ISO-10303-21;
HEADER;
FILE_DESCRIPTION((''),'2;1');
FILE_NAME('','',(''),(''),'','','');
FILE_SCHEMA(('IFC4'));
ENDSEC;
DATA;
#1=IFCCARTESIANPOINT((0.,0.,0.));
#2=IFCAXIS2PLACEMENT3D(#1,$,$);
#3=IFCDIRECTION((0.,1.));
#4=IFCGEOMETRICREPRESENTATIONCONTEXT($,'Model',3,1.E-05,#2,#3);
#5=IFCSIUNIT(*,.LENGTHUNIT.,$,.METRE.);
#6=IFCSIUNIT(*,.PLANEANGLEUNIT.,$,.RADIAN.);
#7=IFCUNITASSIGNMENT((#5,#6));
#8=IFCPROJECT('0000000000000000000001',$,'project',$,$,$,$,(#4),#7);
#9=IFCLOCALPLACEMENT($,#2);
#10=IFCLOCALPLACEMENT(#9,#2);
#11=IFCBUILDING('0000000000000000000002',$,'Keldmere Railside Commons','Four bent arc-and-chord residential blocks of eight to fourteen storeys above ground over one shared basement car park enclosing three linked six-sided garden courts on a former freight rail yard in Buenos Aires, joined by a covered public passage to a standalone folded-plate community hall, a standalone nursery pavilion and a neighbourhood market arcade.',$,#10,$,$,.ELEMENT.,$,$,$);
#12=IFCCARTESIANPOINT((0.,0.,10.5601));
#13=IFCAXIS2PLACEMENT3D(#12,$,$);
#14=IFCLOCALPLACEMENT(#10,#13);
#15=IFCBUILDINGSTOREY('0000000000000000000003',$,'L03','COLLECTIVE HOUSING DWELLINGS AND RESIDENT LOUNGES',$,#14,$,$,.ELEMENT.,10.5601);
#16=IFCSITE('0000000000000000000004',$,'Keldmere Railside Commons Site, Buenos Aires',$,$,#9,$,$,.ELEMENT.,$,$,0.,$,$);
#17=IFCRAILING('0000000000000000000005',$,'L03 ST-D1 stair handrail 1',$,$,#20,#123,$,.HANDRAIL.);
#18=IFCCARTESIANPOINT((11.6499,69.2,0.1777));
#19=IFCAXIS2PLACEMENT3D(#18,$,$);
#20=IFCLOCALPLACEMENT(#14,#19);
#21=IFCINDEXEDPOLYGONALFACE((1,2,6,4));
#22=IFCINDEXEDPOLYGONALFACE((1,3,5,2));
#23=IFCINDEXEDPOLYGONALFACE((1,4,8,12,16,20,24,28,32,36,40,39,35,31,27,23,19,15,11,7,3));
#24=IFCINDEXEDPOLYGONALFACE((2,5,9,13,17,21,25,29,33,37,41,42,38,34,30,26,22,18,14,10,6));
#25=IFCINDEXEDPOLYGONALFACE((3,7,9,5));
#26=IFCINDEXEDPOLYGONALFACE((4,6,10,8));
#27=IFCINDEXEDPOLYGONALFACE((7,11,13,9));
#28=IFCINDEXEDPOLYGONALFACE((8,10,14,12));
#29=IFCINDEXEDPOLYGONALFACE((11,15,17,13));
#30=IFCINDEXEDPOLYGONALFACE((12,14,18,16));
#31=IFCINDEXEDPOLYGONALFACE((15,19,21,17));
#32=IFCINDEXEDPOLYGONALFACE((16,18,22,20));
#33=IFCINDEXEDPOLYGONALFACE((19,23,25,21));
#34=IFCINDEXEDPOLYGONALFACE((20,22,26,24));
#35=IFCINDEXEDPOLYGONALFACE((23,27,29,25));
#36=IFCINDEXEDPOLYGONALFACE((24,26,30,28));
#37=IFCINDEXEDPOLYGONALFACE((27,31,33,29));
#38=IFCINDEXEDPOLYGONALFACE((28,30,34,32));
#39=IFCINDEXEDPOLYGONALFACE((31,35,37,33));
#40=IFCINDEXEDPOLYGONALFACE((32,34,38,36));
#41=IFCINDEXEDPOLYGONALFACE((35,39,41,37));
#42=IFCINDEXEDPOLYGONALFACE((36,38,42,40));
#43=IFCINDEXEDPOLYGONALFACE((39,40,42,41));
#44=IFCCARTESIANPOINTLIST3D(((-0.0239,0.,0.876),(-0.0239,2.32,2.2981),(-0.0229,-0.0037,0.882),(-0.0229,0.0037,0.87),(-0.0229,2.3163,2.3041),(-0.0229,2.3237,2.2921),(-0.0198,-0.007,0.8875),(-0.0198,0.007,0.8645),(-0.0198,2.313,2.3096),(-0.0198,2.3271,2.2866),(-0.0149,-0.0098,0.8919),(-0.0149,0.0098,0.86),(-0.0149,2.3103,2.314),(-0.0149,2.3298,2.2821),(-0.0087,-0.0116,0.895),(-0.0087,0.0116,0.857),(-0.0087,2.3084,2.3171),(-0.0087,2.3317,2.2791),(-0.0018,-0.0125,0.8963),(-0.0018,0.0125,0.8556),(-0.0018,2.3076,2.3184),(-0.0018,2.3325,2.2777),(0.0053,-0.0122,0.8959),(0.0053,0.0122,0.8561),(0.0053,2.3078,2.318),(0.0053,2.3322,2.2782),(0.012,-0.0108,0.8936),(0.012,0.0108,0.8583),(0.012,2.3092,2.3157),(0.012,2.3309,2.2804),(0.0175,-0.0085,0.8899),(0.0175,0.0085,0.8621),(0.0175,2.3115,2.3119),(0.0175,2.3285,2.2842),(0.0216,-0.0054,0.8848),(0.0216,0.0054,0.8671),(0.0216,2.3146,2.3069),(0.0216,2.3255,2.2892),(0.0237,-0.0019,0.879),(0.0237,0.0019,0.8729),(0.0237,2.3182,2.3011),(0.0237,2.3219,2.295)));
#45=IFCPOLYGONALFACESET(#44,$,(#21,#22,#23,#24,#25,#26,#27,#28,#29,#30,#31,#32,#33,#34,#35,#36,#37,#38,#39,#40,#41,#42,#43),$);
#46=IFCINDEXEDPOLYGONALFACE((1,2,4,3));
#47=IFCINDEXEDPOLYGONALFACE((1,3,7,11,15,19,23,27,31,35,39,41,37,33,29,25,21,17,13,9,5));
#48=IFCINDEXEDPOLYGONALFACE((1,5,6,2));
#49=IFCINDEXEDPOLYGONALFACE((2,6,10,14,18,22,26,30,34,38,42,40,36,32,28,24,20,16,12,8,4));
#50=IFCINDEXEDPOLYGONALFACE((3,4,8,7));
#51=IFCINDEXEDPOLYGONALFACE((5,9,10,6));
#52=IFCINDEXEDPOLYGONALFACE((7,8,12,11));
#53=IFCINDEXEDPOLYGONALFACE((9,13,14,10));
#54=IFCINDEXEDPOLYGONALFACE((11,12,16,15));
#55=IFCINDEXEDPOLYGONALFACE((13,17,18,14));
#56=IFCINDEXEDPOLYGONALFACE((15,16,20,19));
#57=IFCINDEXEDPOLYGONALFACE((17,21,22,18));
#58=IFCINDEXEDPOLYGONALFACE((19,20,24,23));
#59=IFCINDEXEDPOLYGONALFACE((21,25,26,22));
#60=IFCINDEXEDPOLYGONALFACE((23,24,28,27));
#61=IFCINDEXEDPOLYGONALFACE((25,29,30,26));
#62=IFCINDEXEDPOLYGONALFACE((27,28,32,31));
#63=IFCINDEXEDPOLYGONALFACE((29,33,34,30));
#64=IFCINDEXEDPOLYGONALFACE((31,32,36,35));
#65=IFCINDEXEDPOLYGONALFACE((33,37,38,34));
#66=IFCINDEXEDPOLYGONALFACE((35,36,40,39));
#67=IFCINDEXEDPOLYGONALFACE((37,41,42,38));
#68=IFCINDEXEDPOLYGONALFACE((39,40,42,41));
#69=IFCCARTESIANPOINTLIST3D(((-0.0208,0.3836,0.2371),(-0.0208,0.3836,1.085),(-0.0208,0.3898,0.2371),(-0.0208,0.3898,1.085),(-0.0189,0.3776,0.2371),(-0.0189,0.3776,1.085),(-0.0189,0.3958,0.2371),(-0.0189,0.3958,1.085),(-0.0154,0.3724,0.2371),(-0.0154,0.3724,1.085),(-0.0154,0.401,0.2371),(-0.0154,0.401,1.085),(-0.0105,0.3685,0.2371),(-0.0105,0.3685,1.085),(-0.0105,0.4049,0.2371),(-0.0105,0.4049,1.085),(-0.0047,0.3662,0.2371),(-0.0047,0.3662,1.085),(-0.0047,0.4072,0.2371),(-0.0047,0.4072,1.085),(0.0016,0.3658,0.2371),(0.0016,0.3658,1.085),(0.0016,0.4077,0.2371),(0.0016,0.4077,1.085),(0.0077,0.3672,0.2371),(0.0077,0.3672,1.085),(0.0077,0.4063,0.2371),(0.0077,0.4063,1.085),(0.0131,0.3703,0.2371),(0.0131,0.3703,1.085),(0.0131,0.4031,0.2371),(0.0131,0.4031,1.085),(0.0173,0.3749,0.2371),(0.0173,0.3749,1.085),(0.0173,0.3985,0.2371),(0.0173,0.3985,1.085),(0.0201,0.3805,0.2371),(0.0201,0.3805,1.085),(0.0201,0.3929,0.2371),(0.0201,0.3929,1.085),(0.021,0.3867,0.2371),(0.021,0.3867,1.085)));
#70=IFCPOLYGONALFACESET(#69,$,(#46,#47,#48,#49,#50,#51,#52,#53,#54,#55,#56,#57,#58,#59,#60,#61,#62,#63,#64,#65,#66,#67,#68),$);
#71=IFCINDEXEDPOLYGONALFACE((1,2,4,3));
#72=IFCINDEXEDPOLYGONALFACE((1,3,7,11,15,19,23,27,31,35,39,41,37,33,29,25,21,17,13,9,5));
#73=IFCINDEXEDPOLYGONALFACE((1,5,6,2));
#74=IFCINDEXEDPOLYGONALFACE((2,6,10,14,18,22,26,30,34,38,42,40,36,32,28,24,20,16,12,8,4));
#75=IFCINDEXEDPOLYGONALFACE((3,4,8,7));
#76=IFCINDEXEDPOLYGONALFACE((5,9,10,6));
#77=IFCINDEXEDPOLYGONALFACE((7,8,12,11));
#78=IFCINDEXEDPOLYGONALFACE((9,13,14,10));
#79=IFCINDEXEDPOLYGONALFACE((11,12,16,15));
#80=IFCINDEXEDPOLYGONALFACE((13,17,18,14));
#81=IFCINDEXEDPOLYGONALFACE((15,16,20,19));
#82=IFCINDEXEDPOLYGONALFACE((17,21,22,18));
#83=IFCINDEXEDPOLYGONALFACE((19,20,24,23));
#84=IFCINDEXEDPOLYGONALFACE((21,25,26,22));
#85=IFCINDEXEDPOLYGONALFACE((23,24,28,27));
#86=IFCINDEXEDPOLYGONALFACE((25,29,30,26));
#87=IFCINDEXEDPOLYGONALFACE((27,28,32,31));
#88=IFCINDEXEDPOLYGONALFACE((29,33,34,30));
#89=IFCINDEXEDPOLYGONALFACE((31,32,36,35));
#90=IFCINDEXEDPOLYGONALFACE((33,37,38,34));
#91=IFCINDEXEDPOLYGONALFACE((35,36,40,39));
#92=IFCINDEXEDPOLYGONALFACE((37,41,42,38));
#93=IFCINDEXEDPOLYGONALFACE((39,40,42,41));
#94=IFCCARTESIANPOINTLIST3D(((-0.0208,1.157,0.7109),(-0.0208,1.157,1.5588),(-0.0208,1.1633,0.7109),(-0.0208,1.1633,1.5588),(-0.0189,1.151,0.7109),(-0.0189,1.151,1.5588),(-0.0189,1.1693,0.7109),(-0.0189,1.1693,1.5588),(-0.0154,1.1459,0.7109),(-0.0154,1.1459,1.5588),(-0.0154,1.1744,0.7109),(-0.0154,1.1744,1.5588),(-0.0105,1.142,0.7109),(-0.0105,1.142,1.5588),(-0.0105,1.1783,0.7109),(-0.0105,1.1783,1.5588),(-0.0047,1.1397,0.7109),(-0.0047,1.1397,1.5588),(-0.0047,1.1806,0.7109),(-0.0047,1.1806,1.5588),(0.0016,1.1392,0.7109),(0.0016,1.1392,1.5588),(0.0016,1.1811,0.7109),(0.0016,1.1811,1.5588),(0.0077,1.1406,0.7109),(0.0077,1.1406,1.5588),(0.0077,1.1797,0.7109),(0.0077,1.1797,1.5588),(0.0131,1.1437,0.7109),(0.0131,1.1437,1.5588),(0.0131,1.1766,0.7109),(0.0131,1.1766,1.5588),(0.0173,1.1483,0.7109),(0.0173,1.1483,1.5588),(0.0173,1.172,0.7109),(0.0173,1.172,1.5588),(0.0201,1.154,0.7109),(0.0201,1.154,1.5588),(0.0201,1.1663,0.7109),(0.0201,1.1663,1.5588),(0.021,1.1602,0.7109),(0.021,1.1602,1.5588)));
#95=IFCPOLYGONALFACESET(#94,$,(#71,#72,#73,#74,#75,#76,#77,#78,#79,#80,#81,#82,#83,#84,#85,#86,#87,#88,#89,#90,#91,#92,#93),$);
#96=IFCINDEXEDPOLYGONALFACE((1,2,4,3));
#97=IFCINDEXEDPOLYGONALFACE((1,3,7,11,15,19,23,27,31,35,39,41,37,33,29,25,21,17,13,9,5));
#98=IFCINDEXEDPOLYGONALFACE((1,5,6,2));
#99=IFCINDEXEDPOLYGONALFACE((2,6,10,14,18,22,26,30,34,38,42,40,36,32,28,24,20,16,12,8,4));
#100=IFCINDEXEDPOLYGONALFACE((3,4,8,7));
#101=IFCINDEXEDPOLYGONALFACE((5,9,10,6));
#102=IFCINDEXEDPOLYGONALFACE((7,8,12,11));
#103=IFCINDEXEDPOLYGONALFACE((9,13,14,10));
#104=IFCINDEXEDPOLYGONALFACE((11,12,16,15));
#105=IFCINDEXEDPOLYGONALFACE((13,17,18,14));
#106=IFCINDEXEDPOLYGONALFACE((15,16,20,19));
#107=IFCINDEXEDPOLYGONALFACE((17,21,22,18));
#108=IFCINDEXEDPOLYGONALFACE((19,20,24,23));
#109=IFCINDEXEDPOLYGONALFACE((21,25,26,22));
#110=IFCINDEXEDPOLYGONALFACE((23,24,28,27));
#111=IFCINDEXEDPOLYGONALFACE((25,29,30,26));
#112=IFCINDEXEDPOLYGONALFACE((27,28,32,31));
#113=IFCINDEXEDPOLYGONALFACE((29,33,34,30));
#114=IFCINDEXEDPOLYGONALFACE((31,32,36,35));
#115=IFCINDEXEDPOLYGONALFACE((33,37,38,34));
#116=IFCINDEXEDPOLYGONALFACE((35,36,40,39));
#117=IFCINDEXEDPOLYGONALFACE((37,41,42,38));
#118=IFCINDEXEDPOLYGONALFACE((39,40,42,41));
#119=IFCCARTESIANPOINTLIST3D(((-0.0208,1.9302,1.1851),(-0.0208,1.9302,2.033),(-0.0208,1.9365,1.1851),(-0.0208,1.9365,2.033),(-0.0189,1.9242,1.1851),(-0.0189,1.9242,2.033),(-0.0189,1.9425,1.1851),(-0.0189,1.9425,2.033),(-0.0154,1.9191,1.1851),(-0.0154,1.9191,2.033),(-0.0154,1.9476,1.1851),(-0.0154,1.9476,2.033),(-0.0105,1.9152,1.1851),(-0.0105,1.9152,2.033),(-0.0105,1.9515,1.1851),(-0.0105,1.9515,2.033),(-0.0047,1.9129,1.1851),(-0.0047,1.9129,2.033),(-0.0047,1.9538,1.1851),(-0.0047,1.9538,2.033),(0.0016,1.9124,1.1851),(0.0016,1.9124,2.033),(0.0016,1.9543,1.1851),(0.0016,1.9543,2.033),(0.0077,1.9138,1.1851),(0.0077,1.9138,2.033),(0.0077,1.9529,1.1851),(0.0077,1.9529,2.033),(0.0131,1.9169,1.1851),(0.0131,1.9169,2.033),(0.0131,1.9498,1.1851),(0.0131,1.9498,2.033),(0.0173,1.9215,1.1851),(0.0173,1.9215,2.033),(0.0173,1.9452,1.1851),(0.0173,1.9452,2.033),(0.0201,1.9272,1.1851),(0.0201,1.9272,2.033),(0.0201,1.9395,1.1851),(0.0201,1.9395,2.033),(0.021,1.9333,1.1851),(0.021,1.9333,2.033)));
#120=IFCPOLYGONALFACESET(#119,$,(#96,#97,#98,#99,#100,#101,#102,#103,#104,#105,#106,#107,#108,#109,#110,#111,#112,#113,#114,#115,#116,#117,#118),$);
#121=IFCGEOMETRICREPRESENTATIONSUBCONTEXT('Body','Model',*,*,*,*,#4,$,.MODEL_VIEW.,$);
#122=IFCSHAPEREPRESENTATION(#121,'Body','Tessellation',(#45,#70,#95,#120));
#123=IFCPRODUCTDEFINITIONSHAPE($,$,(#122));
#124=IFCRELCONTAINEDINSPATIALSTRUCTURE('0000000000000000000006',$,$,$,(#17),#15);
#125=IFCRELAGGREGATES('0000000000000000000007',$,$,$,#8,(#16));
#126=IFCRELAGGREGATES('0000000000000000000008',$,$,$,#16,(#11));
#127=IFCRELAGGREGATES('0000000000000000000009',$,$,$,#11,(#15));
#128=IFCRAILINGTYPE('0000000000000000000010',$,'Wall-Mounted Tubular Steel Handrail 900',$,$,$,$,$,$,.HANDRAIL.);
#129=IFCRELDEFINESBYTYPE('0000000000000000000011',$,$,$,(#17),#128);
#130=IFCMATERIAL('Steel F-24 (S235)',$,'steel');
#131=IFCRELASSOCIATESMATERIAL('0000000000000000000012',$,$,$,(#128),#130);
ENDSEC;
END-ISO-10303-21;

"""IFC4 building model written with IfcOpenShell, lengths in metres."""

from ifc_helpers import new_model, si_unit, direction, frame, origin, origin_2d, place, context, subcontext, project, spatial, circle, extrude, material, type_object, element, save


model = new_model("IFC4")

# Units and contexts
model_context = context("Model", 3, precision=1e-05, world=origin(), true_north=direction((0.0, 1.0)))
body_context = subcontext(model_context, "Body", "Model", "MODEL_VIEW")
ifc_project = project(units=[si_unit("LENGTHUNIT", "METRE"), si_unit("PLANEANGLEUNIT", "RADIAN")], contexts=[model_context])

# Site, building, storey
site_placement = place(None, origin())
site = spatial("IfcSite", under=ifc_project, at=site_placement, Name="Keldmere Railside Commons Site, Buenos Aires", CompositionType="ELEMENT", RefElevation=0.0)
building_placement = place(site_placement, origin())
building = spatial("IfcBuilding", under=site, at=building_placement, Name="Keldmere Railside Commons", Description="Four bent arc-and-chord residential blocks of eight to fourteen storeys above ground over one shared basement car park enclosing three linked six-sided garden courts on a former freight rail yard in Buenos Aires, joined by a covered public passage to a standalone folded-plate community hall, a standalone nursery pavilion and a neighbourhood market arcade.", CompositionType="ELEMENT")
storey_placement = place(building_placement, frame((0.0, 0.0, 10.5601)))
storey = spatial("IfcBuildingStorey", under=building, at=storey_placement, Name="L03", Description="COLLECTIVE HOUSING DWELLINGS AND RESIDENT LOUNGES", CompositionType="ELEMENT", Elevation=10.5601)

# Railing
ifc_material_1 = material(Name="Steel F-24 (S235)", Category="steel")
railing_type_1 = type_object("IfcRailingType", Name="Wall-Mounted Tubular Steel Handrail 900", PredefinedType="HANDRAIL", material=ifc_material_1)
railing_1_placement = place(storey_placement, frame((11.6499, 69.2, 0.1777)))
element("IfcRailing", 1, at=railing_1_placement, inside=storey, type_object=railing_type_1, Name="L03 ST-D1 stair handrail 1", PredefinedType="HANDRAIL", context=body_context, shape_type="SweptSolid", body=[
    extrude(circle(Radius=0.0239, at=origin_2d()), frame((0.0, 0.0, 0.876), z_axis=(0.0, 0.852578, 0.5226), x_axis=(-1.0, 0.0, 0.0)), (0.0, 0.0, 1.0), 2.7212),
    extrude(circle(Radius=0.021, at=origin_2d()), frame((0.0, 0.3867, 0.2371)), (0.0, 0.0, 1.0), 0.8479),
    extrude(circle(Radius=0.021, at=origin_2d()), frame((0.0, 1.1602, 0.7109)), (0.0, 0.0, 1.0), 0.8479),
    extrude(circle(Radius=0.021, at=origin_2d()), frame((0.0, 1.9333, 1.1851)), (0.0, 0.0, 1.0), 0.8479),
])

save(model, "model.ifc")
